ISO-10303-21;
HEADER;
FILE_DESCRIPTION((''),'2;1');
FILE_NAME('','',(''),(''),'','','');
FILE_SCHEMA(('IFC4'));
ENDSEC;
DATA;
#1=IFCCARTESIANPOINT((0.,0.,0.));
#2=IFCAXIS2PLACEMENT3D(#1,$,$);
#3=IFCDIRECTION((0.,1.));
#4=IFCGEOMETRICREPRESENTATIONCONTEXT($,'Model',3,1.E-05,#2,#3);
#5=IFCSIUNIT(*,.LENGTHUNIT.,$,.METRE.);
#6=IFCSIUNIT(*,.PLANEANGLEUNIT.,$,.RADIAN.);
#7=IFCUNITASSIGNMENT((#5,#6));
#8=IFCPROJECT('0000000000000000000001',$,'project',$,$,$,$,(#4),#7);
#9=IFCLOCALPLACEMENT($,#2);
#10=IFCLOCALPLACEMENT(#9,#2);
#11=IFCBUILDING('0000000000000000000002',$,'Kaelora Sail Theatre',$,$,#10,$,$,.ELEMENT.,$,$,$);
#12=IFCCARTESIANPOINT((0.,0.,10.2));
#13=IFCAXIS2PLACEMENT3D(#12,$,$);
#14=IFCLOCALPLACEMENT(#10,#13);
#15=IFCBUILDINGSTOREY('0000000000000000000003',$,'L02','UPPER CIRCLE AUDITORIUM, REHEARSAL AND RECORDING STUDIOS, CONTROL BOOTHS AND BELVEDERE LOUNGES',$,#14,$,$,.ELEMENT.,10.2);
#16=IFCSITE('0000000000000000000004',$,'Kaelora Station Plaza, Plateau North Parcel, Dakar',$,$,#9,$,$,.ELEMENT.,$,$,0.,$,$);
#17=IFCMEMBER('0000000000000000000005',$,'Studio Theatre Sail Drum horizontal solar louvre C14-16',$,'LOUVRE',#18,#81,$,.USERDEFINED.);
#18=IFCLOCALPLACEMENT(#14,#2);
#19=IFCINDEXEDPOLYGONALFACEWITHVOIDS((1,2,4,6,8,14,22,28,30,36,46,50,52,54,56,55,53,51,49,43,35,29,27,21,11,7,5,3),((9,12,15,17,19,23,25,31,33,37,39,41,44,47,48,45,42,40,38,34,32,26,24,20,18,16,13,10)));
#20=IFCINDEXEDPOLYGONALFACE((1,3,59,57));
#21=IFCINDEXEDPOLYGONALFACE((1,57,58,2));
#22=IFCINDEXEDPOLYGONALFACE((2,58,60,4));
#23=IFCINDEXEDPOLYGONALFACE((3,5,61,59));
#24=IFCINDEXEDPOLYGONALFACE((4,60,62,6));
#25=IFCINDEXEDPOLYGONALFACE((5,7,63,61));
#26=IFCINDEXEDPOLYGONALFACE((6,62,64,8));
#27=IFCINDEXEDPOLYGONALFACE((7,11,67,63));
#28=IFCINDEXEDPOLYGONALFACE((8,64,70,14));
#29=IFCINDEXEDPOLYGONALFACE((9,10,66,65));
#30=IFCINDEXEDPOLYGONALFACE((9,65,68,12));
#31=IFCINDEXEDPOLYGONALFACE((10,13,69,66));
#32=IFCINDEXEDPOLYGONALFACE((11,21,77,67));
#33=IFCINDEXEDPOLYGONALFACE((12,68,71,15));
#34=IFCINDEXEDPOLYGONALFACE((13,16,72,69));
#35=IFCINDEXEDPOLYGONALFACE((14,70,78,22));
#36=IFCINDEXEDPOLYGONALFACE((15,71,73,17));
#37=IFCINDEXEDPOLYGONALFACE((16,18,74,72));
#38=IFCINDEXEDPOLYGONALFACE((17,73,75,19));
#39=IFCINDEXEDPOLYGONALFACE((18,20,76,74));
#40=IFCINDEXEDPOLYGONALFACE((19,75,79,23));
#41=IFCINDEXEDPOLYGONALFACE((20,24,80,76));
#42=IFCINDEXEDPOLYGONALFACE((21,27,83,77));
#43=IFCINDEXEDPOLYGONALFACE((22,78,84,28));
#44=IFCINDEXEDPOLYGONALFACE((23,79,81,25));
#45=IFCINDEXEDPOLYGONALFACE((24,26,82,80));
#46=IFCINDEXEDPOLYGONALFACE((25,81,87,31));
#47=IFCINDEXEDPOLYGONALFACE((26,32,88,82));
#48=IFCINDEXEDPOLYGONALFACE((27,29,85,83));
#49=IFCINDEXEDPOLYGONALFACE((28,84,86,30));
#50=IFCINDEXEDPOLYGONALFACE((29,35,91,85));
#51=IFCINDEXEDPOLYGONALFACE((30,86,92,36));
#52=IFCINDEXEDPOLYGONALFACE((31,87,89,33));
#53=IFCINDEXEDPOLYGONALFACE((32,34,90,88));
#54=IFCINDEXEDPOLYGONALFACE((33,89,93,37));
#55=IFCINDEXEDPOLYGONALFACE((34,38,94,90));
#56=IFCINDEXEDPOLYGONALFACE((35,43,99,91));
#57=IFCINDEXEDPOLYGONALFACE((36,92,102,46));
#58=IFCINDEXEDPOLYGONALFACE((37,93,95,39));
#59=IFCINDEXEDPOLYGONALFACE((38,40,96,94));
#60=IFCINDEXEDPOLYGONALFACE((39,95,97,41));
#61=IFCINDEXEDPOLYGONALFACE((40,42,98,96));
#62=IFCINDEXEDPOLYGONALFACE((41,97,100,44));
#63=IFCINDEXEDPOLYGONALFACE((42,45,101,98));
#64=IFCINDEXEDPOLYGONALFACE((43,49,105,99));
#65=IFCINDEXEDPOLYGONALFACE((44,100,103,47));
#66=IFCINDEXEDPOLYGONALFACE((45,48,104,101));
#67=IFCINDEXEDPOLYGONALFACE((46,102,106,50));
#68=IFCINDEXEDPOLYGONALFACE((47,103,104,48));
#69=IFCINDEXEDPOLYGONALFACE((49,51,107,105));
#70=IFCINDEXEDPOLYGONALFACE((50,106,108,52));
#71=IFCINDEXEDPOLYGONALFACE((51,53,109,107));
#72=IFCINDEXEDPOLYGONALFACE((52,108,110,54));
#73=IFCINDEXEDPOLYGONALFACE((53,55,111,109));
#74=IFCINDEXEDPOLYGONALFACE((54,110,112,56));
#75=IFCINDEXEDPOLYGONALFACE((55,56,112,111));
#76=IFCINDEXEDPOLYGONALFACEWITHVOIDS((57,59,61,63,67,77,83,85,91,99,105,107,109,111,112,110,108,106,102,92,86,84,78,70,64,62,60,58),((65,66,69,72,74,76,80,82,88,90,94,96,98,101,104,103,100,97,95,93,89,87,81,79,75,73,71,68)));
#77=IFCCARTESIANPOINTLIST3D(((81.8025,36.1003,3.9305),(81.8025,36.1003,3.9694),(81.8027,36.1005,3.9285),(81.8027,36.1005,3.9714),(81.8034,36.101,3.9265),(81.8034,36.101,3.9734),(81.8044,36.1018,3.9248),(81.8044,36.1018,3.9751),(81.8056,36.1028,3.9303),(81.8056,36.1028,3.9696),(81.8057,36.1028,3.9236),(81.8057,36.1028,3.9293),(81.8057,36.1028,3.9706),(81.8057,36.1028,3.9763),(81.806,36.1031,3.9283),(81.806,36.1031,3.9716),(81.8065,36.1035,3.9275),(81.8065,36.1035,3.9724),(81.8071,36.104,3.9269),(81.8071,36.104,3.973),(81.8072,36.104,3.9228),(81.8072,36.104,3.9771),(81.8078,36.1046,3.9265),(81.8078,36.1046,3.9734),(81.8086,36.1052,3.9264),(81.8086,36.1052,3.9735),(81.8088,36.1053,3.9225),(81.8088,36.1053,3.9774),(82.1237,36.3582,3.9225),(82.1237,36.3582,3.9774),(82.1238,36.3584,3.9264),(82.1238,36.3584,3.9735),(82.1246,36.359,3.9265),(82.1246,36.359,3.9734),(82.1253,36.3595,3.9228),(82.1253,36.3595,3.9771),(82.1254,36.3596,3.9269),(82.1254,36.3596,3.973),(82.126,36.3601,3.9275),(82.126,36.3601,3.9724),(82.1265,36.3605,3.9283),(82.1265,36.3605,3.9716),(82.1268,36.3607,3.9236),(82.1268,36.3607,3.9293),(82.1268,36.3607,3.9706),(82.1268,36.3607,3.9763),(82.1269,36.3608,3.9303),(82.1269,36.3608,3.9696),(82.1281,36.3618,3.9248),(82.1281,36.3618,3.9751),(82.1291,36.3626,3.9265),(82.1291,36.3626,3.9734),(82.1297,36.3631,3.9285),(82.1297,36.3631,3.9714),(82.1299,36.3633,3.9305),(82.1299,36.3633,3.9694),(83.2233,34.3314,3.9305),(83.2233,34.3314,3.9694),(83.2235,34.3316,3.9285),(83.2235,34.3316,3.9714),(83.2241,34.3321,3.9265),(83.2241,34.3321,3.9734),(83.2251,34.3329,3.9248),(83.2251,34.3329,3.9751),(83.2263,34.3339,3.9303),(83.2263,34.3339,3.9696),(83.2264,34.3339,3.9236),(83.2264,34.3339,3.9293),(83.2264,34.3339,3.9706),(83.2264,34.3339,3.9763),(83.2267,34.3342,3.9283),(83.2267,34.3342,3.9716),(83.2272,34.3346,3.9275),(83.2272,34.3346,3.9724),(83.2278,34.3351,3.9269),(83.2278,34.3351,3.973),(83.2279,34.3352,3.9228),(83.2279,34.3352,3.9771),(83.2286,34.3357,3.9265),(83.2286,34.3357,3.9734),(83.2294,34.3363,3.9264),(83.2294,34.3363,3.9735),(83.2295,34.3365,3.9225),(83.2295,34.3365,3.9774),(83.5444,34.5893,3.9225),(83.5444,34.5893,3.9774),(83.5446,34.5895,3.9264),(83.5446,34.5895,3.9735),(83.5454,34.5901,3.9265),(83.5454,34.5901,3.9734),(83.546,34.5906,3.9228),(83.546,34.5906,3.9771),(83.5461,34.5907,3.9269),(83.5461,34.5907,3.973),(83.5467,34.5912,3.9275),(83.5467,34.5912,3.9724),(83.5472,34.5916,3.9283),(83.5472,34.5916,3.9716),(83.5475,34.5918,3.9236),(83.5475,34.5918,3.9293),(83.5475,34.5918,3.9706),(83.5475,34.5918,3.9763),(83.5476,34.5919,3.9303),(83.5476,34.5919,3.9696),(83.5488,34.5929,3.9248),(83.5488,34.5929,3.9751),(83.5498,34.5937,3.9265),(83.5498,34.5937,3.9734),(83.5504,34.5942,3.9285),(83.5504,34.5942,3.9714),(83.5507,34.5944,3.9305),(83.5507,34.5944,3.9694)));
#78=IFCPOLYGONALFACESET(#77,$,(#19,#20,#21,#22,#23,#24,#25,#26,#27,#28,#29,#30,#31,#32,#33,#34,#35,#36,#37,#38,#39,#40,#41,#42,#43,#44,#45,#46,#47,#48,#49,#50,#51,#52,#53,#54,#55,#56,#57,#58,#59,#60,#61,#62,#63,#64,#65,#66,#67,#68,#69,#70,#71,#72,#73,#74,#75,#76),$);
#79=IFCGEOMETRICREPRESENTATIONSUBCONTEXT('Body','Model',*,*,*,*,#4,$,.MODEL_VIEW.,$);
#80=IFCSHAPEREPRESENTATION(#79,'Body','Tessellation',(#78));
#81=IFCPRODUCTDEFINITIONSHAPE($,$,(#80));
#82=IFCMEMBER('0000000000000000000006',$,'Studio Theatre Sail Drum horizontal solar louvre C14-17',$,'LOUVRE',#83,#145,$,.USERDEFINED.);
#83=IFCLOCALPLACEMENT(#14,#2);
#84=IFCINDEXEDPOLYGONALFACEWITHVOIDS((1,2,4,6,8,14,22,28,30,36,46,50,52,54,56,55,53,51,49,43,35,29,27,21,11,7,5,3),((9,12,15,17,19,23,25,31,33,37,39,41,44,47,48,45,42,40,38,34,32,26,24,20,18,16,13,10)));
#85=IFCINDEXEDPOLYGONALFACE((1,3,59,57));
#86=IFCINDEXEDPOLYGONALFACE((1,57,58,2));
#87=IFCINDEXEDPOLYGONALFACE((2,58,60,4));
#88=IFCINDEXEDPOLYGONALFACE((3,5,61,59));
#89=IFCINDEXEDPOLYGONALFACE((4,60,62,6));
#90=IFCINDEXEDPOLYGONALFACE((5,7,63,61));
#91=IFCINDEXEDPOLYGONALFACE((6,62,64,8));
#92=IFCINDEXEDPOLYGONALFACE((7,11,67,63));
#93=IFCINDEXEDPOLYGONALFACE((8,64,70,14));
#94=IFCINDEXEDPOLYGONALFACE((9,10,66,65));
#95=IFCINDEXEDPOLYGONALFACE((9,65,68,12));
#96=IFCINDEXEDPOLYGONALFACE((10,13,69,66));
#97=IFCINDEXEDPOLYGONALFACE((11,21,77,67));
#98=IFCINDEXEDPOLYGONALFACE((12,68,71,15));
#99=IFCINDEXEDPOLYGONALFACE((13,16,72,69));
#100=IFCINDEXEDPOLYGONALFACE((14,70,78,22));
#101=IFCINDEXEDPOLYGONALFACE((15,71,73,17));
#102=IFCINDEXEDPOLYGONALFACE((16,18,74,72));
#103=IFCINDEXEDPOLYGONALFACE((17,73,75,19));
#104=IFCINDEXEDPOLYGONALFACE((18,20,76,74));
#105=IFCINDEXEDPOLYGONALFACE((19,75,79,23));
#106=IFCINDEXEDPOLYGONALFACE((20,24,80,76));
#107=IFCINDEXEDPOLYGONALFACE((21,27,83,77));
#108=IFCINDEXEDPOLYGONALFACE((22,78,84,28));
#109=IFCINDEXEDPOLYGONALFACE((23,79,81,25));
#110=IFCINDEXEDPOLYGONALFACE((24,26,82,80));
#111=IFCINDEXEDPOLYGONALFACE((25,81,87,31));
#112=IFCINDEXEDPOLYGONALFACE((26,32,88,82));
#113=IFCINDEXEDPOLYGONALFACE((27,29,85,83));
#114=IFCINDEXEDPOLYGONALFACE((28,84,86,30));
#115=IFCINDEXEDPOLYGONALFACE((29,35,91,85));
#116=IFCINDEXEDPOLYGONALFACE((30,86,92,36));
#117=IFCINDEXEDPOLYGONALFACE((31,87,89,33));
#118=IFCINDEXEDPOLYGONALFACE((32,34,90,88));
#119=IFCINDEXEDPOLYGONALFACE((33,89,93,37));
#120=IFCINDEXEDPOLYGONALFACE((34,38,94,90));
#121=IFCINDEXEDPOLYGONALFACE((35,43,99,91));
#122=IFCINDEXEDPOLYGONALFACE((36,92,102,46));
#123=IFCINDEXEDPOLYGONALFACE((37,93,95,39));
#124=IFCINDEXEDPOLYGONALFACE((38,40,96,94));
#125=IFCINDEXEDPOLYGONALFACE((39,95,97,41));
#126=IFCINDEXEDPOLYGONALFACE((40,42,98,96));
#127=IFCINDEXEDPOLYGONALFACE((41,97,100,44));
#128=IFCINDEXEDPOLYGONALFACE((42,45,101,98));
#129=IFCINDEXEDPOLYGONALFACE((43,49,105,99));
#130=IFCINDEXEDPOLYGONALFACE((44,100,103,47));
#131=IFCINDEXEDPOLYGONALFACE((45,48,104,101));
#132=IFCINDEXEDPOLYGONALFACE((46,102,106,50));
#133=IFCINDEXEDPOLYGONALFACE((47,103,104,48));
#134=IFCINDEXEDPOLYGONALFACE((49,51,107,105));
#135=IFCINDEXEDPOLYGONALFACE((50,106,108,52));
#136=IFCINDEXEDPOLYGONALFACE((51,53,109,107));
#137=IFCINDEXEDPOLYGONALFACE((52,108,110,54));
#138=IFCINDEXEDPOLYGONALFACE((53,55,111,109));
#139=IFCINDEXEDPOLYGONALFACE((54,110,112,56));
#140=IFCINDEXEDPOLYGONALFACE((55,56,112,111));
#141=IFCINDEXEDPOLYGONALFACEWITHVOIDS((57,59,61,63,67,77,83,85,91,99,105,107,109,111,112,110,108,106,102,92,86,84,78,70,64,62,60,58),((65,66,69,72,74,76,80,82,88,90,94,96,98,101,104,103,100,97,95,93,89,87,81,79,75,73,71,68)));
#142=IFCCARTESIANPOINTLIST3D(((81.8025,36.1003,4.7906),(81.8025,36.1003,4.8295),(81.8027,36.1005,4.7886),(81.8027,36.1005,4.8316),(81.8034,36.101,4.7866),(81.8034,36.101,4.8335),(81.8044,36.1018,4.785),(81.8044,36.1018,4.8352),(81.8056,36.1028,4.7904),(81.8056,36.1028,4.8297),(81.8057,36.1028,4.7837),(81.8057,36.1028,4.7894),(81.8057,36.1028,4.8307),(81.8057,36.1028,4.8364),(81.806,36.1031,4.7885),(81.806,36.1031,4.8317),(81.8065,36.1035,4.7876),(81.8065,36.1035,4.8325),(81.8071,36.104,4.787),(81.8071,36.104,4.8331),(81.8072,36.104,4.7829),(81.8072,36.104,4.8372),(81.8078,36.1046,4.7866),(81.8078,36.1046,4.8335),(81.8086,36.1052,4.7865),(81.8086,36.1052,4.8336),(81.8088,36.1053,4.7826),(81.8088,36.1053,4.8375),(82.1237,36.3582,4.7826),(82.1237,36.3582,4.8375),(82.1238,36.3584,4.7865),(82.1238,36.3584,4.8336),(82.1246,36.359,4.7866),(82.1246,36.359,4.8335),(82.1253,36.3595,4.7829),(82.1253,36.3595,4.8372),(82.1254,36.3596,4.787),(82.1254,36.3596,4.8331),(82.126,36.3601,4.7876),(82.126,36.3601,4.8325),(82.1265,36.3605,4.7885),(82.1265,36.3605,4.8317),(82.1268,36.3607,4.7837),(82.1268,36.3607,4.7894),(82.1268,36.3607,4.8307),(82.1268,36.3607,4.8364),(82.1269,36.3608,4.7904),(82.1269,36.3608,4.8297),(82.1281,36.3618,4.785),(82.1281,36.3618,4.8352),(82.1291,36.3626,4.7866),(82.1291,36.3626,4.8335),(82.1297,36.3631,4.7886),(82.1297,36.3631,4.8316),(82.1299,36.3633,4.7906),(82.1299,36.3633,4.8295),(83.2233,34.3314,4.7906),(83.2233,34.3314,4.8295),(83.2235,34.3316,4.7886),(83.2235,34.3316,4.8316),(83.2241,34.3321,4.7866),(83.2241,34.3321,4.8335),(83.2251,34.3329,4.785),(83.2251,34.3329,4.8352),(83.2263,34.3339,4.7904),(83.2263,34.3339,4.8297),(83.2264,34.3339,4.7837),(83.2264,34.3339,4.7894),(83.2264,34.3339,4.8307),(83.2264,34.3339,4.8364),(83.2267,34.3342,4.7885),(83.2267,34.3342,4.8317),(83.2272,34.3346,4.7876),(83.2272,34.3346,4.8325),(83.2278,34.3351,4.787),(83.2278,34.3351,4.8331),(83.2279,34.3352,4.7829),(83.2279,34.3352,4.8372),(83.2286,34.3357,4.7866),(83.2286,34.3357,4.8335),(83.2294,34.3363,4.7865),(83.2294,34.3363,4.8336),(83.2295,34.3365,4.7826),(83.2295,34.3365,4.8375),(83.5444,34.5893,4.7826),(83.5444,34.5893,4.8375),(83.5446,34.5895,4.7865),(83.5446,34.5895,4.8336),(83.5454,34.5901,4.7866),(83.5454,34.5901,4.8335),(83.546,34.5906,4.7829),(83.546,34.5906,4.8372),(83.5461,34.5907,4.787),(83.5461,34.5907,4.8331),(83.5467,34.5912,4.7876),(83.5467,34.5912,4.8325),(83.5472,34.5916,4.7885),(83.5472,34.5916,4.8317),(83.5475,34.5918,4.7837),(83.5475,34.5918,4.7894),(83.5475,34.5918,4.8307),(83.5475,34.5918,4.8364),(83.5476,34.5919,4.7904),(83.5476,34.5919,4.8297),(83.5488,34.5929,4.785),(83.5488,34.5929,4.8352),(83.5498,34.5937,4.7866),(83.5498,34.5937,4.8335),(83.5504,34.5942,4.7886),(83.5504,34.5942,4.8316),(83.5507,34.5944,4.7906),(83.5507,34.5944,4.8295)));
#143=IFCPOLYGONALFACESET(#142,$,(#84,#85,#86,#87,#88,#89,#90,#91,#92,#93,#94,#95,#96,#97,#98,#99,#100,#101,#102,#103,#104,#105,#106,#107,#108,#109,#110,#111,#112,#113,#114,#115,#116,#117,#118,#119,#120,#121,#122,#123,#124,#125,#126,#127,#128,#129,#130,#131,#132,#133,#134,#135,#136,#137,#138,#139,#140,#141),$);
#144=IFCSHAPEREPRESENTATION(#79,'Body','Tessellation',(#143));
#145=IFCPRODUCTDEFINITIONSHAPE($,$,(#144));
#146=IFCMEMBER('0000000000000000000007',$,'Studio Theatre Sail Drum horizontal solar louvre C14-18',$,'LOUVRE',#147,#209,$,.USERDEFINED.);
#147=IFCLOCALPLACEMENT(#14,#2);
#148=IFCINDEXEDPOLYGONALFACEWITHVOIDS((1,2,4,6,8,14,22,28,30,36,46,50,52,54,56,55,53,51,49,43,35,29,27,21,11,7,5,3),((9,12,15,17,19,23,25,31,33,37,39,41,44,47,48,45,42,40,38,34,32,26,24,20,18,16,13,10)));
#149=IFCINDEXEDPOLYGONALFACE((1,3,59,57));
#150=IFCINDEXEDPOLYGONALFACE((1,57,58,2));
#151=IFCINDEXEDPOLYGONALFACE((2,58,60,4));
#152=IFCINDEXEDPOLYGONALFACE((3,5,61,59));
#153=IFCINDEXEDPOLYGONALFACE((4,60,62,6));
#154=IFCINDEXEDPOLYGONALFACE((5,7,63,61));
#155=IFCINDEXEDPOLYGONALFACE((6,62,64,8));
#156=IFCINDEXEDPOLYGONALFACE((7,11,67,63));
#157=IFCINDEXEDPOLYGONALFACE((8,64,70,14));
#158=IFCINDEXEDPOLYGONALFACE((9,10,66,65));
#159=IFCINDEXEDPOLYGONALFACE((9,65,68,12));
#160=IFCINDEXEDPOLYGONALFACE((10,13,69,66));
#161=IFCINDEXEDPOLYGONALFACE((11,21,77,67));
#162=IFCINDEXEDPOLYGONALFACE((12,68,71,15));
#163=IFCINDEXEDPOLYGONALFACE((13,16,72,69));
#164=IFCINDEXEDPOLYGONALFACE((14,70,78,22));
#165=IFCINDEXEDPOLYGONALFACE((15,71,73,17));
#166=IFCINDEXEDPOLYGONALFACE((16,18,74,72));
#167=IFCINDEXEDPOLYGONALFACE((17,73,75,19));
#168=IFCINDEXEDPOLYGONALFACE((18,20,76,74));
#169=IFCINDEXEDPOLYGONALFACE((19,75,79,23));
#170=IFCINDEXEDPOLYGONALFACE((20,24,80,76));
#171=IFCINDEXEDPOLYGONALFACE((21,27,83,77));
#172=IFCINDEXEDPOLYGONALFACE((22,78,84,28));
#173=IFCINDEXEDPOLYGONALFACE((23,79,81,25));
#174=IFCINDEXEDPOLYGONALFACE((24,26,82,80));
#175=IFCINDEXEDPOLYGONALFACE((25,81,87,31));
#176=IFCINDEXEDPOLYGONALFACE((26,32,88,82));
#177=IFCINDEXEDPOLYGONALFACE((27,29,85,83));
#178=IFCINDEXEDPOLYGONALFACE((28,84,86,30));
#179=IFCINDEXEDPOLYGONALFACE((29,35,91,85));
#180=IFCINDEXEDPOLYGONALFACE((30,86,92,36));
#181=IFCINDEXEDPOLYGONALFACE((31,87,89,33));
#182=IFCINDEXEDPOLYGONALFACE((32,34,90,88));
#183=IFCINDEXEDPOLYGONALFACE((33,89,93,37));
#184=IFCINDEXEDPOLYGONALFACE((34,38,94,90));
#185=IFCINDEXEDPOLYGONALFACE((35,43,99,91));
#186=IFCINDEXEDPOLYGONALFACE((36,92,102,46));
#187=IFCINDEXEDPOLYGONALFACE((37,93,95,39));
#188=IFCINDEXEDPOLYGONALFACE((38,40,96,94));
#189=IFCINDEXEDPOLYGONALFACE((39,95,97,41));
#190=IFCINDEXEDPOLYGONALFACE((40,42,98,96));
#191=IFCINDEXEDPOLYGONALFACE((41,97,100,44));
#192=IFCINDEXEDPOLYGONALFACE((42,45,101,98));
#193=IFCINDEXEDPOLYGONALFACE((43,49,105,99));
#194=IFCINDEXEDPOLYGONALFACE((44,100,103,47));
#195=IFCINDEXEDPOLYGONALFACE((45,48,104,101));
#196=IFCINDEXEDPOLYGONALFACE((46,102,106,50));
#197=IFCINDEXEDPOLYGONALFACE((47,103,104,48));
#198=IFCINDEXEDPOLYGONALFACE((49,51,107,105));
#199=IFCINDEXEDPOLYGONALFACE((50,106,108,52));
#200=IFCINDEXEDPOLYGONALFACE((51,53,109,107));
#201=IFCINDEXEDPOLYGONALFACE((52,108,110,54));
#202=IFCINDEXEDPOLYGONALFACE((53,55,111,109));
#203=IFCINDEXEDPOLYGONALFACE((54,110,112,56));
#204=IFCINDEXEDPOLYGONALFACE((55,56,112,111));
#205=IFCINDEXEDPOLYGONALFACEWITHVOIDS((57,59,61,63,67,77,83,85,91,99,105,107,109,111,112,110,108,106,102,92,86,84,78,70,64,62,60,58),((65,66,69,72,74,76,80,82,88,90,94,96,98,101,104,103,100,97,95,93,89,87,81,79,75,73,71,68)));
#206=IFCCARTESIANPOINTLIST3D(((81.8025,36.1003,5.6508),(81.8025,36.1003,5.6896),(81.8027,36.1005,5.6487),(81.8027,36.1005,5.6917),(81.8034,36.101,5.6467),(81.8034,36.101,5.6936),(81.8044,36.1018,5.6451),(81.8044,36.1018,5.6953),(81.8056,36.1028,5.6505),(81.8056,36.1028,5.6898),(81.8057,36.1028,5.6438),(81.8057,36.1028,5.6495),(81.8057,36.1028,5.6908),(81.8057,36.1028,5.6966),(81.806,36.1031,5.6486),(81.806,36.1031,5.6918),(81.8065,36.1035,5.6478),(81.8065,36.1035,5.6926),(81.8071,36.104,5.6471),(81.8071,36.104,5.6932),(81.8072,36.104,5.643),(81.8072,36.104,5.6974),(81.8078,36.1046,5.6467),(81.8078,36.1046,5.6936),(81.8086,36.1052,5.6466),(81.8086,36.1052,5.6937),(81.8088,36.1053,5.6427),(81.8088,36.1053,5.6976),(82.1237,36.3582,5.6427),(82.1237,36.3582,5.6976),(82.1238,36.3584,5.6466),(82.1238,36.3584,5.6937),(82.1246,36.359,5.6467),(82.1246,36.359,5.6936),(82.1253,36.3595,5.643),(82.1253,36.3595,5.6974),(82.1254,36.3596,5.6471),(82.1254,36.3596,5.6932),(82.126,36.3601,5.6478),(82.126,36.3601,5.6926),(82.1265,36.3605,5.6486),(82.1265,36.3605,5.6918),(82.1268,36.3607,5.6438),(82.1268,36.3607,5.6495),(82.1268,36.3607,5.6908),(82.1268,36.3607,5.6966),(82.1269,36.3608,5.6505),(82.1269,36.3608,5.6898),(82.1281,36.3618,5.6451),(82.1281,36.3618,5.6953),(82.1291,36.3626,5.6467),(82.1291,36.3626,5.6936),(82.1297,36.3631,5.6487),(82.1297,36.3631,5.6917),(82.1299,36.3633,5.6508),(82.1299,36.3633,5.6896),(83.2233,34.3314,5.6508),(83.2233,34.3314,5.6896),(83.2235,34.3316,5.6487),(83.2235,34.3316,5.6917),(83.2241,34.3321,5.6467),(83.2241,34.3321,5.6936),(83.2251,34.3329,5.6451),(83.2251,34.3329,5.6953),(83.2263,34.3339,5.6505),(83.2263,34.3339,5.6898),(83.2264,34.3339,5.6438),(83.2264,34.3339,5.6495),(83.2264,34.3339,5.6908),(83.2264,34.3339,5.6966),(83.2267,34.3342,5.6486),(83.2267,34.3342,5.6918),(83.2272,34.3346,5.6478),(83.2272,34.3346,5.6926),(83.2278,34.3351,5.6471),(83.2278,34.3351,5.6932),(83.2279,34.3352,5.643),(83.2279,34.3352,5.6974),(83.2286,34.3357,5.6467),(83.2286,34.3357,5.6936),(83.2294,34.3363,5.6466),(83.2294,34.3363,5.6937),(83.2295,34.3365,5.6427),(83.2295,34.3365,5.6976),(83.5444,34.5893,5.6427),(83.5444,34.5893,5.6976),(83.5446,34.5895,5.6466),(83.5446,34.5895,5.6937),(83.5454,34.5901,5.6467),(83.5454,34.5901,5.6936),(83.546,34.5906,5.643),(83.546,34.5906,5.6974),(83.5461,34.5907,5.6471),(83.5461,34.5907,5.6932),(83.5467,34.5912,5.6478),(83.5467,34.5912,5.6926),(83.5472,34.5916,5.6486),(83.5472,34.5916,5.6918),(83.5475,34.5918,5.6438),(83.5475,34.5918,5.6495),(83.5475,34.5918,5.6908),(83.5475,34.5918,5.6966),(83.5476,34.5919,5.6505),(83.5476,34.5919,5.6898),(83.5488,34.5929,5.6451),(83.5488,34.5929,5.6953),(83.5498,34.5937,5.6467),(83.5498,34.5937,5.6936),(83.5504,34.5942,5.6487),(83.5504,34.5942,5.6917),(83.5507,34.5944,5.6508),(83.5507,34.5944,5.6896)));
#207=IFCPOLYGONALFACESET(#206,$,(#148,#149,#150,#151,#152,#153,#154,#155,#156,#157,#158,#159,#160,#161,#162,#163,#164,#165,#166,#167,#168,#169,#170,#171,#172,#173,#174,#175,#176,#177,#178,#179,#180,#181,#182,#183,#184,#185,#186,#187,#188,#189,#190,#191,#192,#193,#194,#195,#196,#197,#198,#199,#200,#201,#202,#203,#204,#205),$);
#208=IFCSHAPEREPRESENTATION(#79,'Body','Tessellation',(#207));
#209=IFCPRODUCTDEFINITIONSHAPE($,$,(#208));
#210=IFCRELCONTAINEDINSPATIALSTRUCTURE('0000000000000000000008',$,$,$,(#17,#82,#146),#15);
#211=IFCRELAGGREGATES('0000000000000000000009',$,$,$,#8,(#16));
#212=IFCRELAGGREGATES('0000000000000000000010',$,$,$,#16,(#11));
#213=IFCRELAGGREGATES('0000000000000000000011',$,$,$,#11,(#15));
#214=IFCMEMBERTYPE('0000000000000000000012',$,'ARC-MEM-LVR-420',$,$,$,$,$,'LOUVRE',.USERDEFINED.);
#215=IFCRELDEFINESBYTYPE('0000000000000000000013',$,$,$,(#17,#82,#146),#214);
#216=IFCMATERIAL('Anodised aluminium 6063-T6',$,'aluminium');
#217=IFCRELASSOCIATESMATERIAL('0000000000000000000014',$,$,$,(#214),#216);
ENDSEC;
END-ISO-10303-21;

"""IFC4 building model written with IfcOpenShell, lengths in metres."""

from ifc_helpers import new_model, si_unit, direction, frame, origin, origin_2d, place, context, subcontext, project, spatial, hollow_rectangle, extrude, material, material_profile, profile_set, type_object, element, save


model = new_model("IFC4")

# Units and contexts
model_context = context("Model", 3, precision=1e-05, world=origin(), true_north=direction((0.0, 1.0)))
body_context = subcontext(model_context, "Body", "Model", "MODEL_VIEW")
ifc_project = project(units=[si_unit("LENGTHUNIT", "METRE"), si_unit("PLANEANGLEUNIT", "RADIAN")], contexts=[model_context])

# Site, building, storey
site_placement = place(None, origin())
site = spatial("IfcSite", under=ifc_project, at=site_placement, Name="Kaelora Station Plaza, Plateau North Parcel, Dakar", CompositionType="ELEMENT", RefElevation=0.0)
building_placement = place(site_placement, origin())
building = spatial("IfcBuilding", under=site, at=building_placement, Name="Kaelora Sail Theatre", CompositionType="ELEMENT")
storey_placement = place(building_placement, frame((0.0, 0.0, 10.2)))
storey = spatial("IfcBuildingStorey", under=building, at=storey_placement, Name="L02", Description="UPPER CIRCLE AUDITORIUM, REHEARSAL AND RECORDING STUDIOS, CONTROL BOOTHS AND BELVEDERE LOUNGES", CompositionType="ELEMENT", Elevation=10.2)

# Members
ifc_material_1 = material(Name="Anodised aluminium 6063-T6", Category="aluminium")
ifc_material_profile_1 = material_profile(ifc_material_1, hollow_rectangle(XDim=0.4199, YDim=0.0549, WallThickness=0.0039, InnerFilletRadius=0.0039, OuterFilletRadius=0.0081, at=origin_2d()), Name="LOUVRE 420x55x4")
ifc_profile_set_1 = profile_set([ifc_material_profile_1], Name="Anodised aluminium 6063-T6")
member_type = type_object("IfcMemberType", Name="ARC-MEM-LVR-420", ElementType="LOUVRE", PredefinedType="USERDEFINED", material=ifc_profile_set_1)
for number, where, z_axis, x_axis, name in (
    (1, (83.387, 34.4629, 3.95), (-0.626203, 0.77966, 0.0), (-0.77966, -0.626203, 0.0), "Studio Theatre Sail Drum horizontal solar louvre C14-16"),
    (2, (83.387, 34.4629, 4.8101), (-0.626203, 0.77966, 0.0), (-0.77966, -0.626203, 0.0), "Studio Theatre Sail Drum horizontal solar louvre C14-17"),
    (3, (83.387, 34.4629, 5.6702), (-0.626203, 0.77966, 0.0), (-0.77966, -0.626203, 0.0), "Studio Theatre Sail Drum horizontal solar louvre C14-18"),
):
    element("IfcMember", number, at=place(storey_placement, frame(where, z_axis=z_axis, x_axis=x_axis)), inside=storey, type_object=member_type, Name=name, ObjectType="LOUVRE", PredefinedType="USERDEFINED", context=body_context, shape_type="SweptSolid", body=[
        extrude(hollow_rectangle(XDim=0.4199, YDim=0.0549, WallThickness=0.0039, InnerFilletRadius=0.0039, OuterFilletRadius=0.0081, at=origin_2d()), origin(), (0.0, 0.0, 1.0), 2.2688),
    ])

save(model, "model.ifc")
